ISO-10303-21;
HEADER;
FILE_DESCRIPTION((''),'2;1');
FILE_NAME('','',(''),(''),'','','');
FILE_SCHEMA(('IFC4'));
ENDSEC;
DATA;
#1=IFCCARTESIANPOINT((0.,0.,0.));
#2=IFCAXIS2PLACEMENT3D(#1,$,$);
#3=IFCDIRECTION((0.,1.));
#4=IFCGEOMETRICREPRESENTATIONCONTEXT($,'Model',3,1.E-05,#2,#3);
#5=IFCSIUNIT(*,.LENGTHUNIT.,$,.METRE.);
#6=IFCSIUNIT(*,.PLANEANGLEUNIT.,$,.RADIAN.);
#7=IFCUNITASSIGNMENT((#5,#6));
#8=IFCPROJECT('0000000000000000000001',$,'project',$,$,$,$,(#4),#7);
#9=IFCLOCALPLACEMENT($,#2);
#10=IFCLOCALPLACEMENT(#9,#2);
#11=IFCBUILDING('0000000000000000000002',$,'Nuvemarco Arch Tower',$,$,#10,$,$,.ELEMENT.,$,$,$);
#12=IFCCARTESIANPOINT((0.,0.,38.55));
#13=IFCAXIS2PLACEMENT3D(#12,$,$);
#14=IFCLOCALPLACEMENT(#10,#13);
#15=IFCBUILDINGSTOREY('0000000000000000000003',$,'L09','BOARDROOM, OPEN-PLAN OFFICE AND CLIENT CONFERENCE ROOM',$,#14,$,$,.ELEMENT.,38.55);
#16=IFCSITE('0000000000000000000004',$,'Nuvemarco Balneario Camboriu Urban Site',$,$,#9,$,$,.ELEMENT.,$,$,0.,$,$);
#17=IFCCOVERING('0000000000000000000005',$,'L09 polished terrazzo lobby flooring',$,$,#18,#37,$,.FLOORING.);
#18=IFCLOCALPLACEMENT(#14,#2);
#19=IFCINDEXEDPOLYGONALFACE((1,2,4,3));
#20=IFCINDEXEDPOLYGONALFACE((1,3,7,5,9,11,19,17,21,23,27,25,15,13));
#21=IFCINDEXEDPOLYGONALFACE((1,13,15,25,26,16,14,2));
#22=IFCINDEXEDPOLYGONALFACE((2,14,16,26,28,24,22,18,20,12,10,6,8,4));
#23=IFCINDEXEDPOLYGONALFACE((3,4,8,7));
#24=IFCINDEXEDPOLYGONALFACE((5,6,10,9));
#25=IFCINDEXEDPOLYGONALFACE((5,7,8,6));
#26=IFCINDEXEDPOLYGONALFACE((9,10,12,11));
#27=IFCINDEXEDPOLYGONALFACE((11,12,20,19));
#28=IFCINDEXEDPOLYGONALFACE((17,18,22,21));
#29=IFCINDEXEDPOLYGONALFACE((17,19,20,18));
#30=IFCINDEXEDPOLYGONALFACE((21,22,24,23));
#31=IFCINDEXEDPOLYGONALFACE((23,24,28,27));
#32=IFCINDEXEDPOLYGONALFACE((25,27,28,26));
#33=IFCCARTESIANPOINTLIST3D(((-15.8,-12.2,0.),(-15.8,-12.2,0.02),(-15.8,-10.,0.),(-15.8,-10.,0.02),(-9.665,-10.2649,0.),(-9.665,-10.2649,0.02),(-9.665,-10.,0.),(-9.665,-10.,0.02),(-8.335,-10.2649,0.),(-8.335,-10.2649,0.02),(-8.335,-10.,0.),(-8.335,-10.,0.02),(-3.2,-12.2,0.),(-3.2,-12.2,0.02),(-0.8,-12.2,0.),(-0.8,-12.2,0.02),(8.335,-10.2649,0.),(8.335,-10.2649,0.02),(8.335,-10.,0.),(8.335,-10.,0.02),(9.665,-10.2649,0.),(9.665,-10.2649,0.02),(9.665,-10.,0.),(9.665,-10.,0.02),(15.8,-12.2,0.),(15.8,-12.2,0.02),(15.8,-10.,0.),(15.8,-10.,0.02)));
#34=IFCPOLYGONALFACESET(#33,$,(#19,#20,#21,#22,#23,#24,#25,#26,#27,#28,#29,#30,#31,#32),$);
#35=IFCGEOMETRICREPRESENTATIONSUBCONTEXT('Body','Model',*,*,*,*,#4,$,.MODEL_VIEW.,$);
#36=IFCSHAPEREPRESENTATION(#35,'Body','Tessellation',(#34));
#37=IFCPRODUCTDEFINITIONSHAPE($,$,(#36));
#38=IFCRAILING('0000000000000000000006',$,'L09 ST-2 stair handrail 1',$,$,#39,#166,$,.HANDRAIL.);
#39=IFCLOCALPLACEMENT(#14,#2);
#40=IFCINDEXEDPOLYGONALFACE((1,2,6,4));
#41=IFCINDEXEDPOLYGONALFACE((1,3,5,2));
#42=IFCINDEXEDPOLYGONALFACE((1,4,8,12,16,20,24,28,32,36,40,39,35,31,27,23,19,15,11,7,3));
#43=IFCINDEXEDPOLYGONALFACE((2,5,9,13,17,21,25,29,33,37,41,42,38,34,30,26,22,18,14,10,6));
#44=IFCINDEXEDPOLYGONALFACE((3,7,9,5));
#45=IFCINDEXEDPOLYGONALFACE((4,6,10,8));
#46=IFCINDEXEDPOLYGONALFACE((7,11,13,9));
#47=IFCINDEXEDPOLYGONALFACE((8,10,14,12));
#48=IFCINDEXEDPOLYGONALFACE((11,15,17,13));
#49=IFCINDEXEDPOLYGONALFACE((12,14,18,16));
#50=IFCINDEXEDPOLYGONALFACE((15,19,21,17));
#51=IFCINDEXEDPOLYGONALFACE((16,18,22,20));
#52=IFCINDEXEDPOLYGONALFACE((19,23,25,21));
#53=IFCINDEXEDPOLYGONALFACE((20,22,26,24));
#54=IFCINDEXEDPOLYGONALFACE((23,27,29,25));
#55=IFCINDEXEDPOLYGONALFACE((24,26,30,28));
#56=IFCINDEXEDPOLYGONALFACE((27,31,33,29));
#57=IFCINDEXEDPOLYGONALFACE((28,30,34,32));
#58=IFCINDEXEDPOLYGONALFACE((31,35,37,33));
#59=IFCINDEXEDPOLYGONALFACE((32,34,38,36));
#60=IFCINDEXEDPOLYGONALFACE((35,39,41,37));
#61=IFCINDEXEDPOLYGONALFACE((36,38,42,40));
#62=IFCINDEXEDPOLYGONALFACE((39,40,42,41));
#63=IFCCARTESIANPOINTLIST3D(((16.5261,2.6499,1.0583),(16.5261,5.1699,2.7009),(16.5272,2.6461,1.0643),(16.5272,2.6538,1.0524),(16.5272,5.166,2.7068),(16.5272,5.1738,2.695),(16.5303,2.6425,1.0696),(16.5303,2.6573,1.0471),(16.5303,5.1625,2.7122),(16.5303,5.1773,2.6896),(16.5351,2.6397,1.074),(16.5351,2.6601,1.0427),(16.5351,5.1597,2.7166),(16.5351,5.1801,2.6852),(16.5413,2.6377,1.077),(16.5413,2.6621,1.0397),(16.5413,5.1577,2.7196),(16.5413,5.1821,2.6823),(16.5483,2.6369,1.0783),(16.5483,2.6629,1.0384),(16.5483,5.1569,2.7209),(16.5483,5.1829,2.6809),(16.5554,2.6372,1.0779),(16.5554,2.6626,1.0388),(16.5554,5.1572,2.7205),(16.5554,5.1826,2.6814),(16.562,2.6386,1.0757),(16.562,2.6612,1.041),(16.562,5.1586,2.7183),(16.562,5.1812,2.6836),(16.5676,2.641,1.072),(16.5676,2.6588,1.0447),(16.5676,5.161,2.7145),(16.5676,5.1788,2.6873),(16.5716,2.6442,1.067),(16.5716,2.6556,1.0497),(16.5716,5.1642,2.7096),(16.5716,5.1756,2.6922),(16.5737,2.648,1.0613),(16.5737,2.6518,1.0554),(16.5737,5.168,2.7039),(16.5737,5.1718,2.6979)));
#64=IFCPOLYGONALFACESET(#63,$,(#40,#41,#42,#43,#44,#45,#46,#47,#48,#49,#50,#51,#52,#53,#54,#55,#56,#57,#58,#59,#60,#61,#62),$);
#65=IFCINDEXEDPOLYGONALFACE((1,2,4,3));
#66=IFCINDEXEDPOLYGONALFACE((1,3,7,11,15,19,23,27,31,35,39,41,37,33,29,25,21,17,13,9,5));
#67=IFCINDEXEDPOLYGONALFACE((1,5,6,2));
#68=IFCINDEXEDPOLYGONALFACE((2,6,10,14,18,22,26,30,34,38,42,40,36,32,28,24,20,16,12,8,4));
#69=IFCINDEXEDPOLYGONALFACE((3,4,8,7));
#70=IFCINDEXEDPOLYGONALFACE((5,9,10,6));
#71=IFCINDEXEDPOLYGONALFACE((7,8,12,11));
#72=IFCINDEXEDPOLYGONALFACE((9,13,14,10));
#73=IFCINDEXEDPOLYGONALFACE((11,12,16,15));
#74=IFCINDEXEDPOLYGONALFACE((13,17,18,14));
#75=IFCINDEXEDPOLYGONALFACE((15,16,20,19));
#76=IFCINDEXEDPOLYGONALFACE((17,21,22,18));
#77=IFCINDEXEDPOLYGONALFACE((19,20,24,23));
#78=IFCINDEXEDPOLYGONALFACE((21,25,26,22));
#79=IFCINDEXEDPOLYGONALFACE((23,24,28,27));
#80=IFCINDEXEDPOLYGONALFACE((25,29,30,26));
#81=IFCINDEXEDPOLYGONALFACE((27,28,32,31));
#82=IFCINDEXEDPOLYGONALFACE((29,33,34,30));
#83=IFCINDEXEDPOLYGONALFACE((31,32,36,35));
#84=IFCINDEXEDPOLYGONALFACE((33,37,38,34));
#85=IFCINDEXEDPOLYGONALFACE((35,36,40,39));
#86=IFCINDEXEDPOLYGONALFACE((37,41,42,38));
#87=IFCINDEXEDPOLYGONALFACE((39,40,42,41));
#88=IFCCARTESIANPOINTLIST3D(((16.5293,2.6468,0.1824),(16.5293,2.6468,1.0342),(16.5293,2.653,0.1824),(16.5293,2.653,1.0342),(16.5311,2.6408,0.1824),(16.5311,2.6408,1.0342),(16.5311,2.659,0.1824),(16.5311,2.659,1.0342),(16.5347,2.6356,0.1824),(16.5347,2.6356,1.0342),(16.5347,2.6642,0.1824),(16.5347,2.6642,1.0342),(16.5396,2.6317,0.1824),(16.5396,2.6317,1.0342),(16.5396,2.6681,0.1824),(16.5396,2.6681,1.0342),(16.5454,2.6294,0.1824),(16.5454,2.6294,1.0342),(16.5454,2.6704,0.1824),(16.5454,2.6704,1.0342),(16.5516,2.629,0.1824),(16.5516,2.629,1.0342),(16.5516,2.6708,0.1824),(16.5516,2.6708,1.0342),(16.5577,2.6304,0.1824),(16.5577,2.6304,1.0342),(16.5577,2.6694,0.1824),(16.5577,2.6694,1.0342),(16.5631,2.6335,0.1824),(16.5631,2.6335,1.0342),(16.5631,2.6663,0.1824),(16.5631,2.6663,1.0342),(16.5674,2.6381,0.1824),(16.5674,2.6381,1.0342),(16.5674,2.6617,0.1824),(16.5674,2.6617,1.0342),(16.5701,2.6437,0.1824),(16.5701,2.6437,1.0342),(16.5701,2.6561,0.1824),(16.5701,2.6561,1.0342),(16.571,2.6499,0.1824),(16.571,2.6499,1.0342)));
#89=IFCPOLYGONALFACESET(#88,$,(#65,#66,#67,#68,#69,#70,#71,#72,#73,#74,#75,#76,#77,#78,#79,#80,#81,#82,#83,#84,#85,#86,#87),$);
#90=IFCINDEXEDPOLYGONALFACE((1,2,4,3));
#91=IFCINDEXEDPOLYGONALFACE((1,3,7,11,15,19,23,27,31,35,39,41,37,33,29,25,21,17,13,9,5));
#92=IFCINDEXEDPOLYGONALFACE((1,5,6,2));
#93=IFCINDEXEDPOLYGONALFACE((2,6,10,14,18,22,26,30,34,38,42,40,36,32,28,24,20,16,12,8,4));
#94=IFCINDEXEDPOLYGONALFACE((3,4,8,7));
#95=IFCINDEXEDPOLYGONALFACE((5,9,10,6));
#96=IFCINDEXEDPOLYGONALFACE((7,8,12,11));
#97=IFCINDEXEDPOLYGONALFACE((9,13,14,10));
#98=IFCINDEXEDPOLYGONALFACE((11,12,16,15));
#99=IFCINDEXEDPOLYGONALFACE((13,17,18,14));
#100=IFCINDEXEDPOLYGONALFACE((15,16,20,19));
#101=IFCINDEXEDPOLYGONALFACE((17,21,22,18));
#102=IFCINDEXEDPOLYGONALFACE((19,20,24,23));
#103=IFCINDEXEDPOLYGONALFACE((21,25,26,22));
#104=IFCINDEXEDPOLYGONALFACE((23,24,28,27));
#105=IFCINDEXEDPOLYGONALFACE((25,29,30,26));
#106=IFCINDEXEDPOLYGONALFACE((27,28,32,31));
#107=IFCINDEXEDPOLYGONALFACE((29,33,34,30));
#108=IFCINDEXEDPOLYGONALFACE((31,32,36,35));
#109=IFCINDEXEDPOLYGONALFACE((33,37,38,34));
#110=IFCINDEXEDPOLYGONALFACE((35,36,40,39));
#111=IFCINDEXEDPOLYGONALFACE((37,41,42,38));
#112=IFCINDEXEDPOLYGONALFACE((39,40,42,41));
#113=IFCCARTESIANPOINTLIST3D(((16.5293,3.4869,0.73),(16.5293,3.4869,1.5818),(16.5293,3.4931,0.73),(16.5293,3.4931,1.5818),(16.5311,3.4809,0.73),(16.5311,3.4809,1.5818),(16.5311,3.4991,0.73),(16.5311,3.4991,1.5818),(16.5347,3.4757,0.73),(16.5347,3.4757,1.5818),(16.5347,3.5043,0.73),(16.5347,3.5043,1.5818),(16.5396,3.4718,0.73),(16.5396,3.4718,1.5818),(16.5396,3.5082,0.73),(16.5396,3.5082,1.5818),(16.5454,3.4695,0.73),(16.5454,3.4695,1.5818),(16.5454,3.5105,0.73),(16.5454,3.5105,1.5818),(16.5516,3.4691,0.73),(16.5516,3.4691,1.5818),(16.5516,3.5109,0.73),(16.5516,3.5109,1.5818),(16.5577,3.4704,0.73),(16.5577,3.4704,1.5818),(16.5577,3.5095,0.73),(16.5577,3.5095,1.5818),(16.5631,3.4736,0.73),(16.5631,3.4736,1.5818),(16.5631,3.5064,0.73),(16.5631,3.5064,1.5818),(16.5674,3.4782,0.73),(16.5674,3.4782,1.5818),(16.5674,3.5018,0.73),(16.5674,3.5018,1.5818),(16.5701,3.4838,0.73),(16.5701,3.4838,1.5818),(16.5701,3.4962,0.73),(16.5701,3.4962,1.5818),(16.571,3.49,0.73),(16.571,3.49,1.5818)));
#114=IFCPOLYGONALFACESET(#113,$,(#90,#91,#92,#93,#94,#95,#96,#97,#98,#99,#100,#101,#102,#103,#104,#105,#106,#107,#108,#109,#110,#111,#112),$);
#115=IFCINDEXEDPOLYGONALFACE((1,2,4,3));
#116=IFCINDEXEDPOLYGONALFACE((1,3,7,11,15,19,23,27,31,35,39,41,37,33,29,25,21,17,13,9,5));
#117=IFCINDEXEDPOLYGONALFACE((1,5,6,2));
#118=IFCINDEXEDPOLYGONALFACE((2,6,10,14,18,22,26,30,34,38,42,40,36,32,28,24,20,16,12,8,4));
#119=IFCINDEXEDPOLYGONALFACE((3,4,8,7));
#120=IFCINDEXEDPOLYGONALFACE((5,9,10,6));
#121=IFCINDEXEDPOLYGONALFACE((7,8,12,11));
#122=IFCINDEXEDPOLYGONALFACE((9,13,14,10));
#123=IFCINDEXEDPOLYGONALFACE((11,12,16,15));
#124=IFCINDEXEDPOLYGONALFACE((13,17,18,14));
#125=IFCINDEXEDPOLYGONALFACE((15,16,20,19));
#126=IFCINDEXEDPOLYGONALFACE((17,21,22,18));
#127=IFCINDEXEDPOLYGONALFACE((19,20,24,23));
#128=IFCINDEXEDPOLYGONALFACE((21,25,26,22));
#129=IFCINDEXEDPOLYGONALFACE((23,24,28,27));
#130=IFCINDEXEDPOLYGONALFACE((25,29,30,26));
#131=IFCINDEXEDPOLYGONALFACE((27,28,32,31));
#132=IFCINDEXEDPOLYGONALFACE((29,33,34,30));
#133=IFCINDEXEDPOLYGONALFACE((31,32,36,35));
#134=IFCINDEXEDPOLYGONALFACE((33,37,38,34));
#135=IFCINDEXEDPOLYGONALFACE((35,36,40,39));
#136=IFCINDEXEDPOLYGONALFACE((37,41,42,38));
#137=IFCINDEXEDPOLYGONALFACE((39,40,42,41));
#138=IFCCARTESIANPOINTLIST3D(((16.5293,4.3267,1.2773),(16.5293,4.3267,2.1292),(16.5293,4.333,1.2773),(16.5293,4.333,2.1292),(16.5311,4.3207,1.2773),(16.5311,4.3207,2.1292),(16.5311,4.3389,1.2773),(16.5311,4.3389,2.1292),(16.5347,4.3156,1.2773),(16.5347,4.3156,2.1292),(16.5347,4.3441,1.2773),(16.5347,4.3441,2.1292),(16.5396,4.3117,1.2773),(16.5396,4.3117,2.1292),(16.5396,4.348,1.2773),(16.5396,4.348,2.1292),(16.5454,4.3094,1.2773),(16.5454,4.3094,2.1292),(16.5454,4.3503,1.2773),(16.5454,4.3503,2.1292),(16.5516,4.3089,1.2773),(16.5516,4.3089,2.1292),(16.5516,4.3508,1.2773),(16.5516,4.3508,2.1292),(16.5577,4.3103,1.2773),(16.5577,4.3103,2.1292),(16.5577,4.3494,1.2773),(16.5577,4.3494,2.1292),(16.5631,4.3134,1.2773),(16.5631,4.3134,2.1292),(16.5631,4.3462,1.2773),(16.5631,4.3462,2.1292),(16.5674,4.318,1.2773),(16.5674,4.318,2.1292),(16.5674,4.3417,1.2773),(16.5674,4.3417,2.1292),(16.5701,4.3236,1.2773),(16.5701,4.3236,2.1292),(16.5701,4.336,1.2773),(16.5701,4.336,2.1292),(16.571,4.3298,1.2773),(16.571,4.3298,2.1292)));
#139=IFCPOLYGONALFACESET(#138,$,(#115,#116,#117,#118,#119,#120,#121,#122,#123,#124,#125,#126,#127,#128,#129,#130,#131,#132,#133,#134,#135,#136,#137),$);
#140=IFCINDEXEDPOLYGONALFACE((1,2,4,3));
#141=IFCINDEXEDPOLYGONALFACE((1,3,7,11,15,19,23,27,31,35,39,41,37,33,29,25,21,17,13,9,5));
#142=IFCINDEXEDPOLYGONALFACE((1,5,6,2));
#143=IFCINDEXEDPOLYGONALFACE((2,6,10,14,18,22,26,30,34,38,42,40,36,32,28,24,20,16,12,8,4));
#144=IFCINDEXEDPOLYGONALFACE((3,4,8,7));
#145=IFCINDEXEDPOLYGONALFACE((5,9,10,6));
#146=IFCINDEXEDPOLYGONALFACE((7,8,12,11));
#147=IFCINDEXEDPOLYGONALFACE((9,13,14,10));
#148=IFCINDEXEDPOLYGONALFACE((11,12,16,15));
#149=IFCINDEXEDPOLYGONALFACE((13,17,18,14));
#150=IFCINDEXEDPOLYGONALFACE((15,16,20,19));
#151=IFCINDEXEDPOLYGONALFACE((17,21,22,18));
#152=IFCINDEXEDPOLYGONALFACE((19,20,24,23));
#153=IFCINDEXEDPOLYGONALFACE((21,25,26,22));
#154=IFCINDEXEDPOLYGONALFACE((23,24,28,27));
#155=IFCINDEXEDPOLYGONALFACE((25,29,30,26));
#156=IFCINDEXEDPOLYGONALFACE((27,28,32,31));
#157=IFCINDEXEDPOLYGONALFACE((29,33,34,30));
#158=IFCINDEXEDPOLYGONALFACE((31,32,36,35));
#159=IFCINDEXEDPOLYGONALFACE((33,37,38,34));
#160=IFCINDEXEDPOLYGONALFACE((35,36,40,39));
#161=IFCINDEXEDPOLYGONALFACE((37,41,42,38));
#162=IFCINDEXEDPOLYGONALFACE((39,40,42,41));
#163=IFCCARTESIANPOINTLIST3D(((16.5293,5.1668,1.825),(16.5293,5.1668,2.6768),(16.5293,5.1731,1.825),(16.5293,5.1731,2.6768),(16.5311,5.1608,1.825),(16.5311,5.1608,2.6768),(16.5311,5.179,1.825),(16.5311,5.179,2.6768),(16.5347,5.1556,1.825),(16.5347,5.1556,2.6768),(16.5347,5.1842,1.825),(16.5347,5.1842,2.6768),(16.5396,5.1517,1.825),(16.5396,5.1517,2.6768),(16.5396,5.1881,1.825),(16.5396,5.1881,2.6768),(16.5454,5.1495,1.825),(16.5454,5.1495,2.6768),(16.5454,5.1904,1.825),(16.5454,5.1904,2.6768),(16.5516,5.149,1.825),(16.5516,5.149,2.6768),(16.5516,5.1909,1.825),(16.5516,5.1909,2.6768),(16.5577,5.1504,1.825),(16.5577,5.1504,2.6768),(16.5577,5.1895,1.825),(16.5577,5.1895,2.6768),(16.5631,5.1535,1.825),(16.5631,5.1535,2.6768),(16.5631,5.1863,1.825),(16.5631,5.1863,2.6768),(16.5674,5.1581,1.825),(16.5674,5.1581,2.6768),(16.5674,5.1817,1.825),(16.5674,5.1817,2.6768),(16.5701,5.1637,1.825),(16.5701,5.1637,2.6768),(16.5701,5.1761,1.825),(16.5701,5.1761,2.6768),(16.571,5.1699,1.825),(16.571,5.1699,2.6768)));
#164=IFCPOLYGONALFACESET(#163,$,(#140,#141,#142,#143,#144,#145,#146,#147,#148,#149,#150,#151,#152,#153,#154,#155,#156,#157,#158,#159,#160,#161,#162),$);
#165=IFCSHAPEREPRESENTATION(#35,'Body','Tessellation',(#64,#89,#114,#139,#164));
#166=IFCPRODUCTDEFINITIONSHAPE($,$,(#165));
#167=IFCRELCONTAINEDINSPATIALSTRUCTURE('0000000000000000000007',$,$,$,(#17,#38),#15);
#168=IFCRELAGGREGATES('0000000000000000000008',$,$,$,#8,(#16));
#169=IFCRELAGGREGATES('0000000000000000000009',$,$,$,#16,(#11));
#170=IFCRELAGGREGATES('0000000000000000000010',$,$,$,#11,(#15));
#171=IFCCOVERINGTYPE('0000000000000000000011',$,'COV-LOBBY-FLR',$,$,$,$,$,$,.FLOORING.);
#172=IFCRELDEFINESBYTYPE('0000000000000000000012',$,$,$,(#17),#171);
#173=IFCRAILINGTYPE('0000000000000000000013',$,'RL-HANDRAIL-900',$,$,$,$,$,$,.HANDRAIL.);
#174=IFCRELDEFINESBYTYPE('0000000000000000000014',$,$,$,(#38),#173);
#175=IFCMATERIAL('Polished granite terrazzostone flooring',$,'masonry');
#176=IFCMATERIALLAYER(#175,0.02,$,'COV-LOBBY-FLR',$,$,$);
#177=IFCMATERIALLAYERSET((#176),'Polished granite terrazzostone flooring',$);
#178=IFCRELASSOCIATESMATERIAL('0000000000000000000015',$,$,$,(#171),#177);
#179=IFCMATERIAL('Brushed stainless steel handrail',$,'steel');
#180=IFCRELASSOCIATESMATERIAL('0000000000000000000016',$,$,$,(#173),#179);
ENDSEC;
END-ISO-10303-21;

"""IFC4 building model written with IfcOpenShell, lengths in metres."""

from ifc_helpers import new_model, si_unit, direction, frame, origin, origin_2d, place, context, subcontext, project, spatial, polyline, circle, outline, extrude, material, layer, layer_set, type_object, element, save


model = new_model("IFC4")

# Units and contexts
model_context = context("Model", 3, precision=1e-05, world=origin(), true_north=direction((0.0, 1.0)))
body_context = subcontext(model_context, "Body", "Model", "MODEL_VIEW")
ifc_project = project(units=[si_unit("LENGTHUNIT", "METRE"), si_unit("PLANEANGLEUNIT", "RADIAN")], contexts=[model_context])

# Site, building, storey
site_placement = place(None, origin())
site = spatial("IfcSite", under=ifc_project, at=site_placement, Name="Nuvemarco Balneario Camboriu Urban Site", CompositionType="ELEMENT", RefElevation=0.0)
building_placement = place(site_placement, origin())
building = spatial("IfcBuilding", under=site, at=building_placement, Name="Nuvemarco Arch Tower", CompositionType="ELEMENT")
storey_placement = place(building_placement, frame((0.0, 0.0, 38.55)))
storey = spatial("IfcBuildingStorey", under=building, at=storey_placement, Name="L09", Description="BOARDROOM, OPEN-PLAN OFFICE AND CLIENT CONFERENCE ROOM", CompositionType="ELEMENT", Elevation=38.55)

# Covering
ifc_material_1 = material(Name="Polished granite terrazzostone flooring", Category="masonry")
ifc_layer_1 = layer(ifc_material_1, 0.02, Name="COV-LOBBY-FLR")
ifc_layer_set_1 = layer_set([ifc_layer_1], Name="Polished granite terrazzostone flooring")
covering_type_1 = type_object("IfcCoveringType", Name="COV-LOBBY-FLR", PredefinedType="FLOORING", material=ifc_layer_set_1)
covering_1_placement = place(storey_placement, origin())
element("IfcCovering", 1, at=covering_1_placement, inside=storey, type_object=covering_type_1, Name="L09 polished terrazzo lobby flooring", PredefinedType="FLOORING", context=body_context, shape_type="SweptSolid", body=[
    extrude(outline(polyline([(-9.665, -10.2649), (-8.335, -10.2649), (-8.335, -10.0), (8.335, -10.0), (8.335, -10.2649), (9.665, -10.2649), (9.665, -10.0), (15.8, -10.0), (15.8, -12.2), (-0.8, -12.2), (-3.2, -12.2), (-15.8, -12.2), (-15.8, -10.0), (-9.665, -10.0), (-9.665, -10.2649)])), origin(), (0.0, 0.0, 1.0), 0.02),
])

# Railing
ifc_material_2 = material(Name="Brushed stainless steel handrail", Category="steel")
railing_type_1 = type_object("IfcRailingType", Name="RL-HANDRAIL-900", PredefinedType="HANDRAIL", material=ifc_material_2)
railing_1_placement = place(storey_placement, frame((16.55, 2.6499, 0.1824)))
element("IfcRailing", 2, at=railing_1_placement, inside=storey, type_object=railing_type_1, Name="L09 ST-2 stair handrail 1", PredefinedType="HANDRAIL", context=body_context, shape_type="SweptSolid", body=[
    extrude(circle(Radius=0.0239, at=origin_2d()), frame((0.0, 0.0, 0.876), z_axis=(0.0, 0.837749, 0.546055), x_axis=(-1.0, 0.0, 0.0)), (0.0, 0.0, 1.0), 3.0081),
    extrude(circle(Radius=0.021, at=origin_2d()), origin(), (0.0, 0.0, 1.0), 0.8518),
    extrude(circle(Radius=0.021, at=origin_2d()), frame((0.0, 0.8401, 0.5476)), (0.0, 0.0, 1.0), 0.8518),
    extrude(circle(Radius=0.021, at=origin_2d()), frame((0.0, 1.6799, 1.095)), (0.0, 0.0, 1.0), 0.8518),
    extrude(circle(Radius=0.021, at=origin_2d()), frame((0.0, 2.52, 1.6426)), (0.0, 0.0, 1.0), 0.8518),
])

save(model, "model.ifc")
